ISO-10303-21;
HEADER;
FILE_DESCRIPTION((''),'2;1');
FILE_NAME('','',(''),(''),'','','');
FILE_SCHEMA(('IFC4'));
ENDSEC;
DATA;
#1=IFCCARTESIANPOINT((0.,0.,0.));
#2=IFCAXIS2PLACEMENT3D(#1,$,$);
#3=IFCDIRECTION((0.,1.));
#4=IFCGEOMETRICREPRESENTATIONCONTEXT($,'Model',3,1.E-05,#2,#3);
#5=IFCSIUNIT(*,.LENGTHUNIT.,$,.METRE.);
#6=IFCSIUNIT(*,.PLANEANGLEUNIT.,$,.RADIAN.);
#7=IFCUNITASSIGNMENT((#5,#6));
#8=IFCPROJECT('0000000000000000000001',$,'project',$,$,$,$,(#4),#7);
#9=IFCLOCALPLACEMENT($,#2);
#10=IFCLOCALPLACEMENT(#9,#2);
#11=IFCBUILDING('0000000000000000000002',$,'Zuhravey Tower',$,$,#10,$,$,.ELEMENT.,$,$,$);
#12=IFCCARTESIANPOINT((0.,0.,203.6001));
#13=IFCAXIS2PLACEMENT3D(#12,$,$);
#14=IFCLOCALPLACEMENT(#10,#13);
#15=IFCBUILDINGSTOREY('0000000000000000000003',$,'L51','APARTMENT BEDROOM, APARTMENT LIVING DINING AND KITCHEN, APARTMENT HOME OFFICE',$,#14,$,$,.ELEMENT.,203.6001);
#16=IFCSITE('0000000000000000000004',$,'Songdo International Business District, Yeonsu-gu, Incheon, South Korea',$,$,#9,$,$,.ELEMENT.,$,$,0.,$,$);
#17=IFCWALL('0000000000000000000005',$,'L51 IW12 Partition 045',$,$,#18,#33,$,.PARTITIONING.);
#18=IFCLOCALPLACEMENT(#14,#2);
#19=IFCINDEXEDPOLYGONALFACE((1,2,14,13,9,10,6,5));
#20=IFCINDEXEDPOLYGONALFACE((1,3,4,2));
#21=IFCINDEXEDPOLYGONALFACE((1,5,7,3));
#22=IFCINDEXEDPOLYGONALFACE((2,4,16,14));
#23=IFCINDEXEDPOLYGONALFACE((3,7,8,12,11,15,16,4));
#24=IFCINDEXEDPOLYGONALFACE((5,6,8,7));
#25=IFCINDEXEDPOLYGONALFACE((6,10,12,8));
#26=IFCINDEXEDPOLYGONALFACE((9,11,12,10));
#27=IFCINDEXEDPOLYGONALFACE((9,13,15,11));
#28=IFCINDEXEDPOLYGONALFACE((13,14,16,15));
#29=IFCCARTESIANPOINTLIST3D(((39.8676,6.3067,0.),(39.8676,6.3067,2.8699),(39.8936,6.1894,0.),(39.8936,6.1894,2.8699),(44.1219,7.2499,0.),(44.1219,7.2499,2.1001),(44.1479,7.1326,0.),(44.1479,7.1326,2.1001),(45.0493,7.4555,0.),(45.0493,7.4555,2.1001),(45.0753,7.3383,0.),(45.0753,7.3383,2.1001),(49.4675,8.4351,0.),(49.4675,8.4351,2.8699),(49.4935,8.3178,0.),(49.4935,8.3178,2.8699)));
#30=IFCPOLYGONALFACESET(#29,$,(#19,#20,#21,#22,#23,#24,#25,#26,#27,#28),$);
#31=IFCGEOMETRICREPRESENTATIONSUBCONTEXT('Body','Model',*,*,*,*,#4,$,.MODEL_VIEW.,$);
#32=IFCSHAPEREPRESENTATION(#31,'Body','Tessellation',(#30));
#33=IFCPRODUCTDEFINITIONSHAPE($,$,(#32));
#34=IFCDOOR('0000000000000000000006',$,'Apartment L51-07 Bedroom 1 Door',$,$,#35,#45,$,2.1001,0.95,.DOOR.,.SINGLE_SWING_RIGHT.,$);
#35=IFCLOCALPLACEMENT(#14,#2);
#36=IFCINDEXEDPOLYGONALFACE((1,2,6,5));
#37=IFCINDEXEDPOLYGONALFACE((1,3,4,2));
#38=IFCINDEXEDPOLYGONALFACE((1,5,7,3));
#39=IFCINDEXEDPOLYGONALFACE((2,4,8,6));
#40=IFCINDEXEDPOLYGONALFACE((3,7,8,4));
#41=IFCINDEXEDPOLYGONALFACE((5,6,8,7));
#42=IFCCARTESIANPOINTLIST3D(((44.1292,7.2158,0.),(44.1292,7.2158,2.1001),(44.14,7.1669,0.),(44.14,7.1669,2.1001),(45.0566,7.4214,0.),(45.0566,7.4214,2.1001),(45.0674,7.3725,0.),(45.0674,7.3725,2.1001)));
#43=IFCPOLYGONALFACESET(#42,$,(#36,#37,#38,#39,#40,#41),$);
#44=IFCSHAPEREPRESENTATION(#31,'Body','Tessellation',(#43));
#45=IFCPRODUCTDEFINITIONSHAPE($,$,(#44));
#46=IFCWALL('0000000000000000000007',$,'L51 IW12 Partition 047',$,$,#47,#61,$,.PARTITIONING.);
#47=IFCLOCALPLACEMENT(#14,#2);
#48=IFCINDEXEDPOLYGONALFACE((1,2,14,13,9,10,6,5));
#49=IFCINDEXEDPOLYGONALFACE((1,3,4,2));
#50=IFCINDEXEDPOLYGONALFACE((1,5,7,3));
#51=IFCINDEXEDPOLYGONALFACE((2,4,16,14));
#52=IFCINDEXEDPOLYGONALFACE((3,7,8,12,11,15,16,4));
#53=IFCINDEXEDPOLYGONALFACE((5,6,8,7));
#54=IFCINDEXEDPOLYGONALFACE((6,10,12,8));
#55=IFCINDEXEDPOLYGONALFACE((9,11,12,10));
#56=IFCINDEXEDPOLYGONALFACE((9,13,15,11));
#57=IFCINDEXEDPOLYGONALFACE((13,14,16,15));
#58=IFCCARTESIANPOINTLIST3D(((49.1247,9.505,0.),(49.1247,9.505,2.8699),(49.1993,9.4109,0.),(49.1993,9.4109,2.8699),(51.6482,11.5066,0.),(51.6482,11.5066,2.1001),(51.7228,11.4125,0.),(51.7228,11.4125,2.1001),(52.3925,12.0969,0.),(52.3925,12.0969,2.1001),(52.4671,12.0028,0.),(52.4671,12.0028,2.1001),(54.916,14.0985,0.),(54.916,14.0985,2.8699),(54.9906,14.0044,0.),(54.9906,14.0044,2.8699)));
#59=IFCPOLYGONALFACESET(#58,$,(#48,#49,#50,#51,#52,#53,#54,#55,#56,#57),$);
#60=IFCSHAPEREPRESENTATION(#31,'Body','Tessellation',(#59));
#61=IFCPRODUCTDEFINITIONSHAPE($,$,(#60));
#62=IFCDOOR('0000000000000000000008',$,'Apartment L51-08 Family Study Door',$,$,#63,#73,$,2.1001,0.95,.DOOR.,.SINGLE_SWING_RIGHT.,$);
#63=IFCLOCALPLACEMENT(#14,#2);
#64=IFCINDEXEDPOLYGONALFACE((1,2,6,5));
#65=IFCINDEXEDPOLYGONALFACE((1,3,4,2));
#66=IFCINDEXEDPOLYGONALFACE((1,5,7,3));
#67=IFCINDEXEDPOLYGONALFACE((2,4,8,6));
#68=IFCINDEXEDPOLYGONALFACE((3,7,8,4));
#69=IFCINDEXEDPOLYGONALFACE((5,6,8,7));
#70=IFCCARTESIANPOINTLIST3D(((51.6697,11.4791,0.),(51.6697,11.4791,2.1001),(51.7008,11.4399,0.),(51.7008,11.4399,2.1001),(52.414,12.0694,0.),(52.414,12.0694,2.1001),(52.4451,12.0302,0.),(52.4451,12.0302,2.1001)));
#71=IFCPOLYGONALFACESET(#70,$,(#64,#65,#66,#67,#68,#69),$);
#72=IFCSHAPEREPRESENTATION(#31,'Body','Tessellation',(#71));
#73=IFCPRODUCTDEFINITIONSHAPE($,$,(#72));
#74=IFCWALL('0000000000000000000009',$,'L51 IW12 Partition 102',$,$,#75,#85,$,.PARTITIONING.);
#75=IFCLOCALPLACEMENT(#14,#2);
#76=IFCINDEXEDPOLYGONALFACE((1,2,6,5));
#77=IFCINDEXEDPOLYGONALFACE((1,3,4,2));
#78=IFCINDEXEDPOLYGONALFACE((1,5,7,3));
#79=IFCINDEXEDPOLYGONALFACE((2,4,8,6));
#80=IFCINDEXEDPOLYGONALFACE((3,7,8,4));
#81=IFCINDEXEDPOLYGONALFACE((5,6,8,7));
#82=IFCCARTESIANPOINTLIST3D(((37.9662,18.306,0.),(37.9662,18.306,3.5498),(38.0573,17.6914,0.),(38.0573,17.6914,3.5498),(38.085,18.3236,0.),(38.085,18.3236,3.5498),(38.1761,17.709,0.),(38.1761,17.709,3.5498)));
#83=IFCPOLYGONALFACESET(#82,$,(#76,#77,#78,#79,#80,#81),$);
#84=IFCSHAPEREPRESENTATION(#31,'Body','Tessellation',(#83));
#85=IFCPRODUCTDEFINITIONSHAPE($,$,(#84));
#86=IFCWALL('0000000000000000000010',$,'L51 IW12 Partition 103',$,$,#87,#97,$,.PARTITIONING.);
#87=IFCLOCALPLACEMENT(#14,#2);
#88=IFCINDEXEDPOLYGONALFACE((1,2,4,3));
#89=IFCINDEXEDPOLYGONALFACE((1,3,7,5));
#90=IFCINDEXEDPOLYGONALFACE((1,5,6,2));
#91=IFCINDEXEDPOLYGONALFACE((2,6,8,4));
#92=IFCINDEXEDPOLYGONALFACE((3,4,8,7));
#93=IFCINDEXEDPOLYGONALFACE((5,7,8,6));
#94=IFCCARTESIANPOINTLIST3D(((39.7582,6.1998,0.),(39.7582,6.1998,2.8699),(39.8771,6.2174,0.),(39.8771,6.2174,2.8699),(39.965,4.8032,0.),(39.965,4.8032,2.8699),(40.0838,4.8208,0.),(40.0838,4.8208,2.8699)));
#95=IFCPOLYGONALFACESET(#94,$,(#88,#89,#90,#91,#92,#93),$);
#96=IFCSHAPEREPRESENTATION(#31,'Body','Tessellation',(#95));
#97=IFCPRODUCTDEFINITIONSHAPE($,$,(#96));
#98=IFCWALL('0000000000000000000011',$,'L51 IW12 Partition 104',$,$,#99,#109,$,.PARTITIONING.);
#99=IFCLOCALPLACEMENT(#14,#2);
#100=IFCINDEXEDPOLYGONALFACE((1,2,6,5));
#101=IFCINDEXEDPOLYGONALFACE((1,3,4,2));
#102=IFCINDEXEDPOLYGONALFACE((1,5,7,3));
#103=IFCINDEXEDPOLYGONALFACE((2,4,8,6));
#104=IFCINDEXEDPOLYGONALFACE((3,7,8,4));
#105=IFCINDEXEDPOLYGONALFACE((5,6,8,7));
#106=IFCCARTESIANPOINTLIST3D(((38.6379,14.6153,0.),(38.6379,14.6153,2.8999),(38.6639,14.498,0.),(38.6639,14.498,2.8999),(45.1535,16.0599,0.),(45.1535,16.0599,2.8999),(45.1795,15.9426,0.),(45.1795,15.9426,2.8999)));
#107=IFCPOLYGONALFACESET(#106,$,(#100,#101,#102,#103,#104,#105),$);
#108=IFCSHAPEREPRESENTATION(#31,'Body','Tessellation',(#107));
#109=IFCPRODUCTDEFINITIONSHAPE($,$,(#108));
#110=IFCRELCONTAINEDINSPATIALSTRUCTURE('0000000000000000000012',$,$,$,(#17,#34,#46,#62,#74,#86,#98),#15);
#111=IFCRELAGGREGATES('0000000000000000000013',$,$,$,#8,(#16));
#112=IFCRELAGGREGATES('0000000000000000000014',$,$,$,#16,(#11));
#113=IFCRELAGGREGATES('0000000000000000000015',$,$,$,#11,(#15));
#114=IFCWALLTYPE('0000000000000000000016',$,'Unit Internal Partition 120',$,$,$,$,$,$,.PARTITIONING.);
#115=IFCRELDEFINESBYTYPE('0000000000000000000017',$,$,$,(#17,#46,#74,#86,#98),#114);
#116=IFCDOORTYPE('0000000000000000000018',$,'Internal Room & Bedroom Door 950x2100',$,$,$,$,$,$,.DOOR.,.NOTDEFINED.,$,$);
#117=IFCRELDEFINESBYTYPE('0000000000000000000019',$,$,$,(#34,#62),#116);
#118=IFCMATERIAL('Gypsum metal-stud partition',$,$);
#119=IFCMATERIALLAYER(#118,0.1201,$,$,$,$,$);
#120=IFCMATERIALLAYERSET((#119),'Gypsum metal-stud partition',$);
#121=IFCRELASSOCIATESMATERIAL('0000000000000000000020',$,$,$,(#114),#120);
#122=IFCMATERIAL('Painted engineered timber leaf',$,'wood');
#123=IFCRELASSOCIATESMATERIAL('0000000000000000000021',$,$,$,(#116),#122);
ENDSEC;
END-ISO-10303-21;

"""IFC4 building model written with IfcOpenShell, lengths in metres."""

from ifc_helpers import new_model, si_unit, direction, frame, frame_2d, origin, place, context, subcontext, project, spatial, rectangle, extrude, material, layer, layer_set, type_object, element, fill, save


model = new_model("IFC4")

# Units and contexts
model_context = context("Model", 3, precision=1e-05, world=origin(), true_north=direction((0.0, 1.0)))
body_context = subcontext(model_context, "Body", "Model", "MODEL_VIEW")
ifc_project = project(units=[si_unit("LENGTHUNIT", "METRE"), si_unit("PLANEANGLEUNIT", "RADIAN")], contexts=[model_context])

# Site, building, storey
site_placement = place(None, origin())
site = spatial("IfcSite", under=ifc_project, at=site_placement, Name="Songdo International Business District, Yeonsu-gu, Incheon, South Korea", CompositionType="ELEMENT", RefElevation=0.0)
building_placement = place(site_placement, origin())
building = spatial("IfcBuilding", under=site, at=building_placement, Name="Zuhravey Tower", CompositionType="ELEMENT")
storey_placement = place(building_placement, frame((0.0, 0.0, 203.6001)))
storey = spatial("IfcBuildingStorey", under=building, at=storey_placement, Name="L51", Description="APARTMENT BEDROOM, APARTMENT LIVING DINING AND KITCHEN, APARTMENT HOME OFFICE", CompositionType="ELEMENT", Elevation=203.6001)

# Walls, openings, doors
ifc_material_1 = material(Name="Gypsum metal-stud partition")
ifc_layer_1 = layer(ifc_material_1, 0.1201)
ifc_layer_set_1 = layer_set([ifc_layer_1], Name="Gypsum metal-stud partition")
wall_type_1 = type_object("IfcWallType", Name="Unit Internal Partition 120", PredefinedType="PARTITIONING", material=ifc_layer_set_1)
ifc_material_2 = material(Name="Painted engineered timber leaf", Category="wood")
door_type_1 = type_object("IfcDoorType", Name="Internal Room & Bedroom Door 950x2100", OperationType="NOTDEFINED", PredefinedType="DOOR", material=ifc_material_2)
wall_1_placement = place(storey_placement, frame((39.8806, 6.248, 0.0), z_axis=(0.0, 0.0, 1.0), x_axis=(0.976292, 0.216457, 0.0)))
wall_1 = element("IfcWall", 1, at=wall_1_placement, inside=storey, type_object=wall_type_1, Name="L51 IW12 Partition 045", PredefinedType="PARTITIONING", context=body_context, shape_type="SweptSolid", body=[
    extrude(rectangle(XDim=9.833, YDim=0.1201, at=frame_2d((4.9165, 0.0))), origin(), (0.0, 0.0, 1.0), 2.8699),
])
opening_1_placement = place(wall_1_placement, frame((4.3574, 0.0, 0.0)))
opening_1 = element("IfcOpeningElement", 2, at=opening_1_placement, cuts=wall_1, PredefinedType="OPENING", context=body_context, shape_type="SweptSolid", body=[
    extrude(rectangle(XDim=0.95, YDim=2.1001, at=frame_2d((0.4751, 1.05))), frame((0.0, 0.072, 0.0), z_axis=(0.0, -1.0, 0.0), x_axis=(1.0, 0.0, 0.0)), (0.0, 0.0, 1.0), 0.144),
])
door_1_placement = place(opening_1_placement, frame((0.95, 0.0, 0.0), z_axis=(0.0, 0.0, 1.0), x_axis=(-1.0, 0.0, 0.0)))
door_1 = element("IfcDoor", 3, at=door_1_placement, inside=storey, type_object=door_type_1, Name="Apartment L51-07 Bedroom 1 Door", OperationType="SINGLE_SWING_RIGHT", OverallHeight=2.1001, OverallWidth=0.95, PredefinedType="DOOR", context=body_context, shape_type="SweptSolid", body=[
    extrude(rectangle(XDim=0.95, YDim=2.1001, at=frame_2d((0.4751, 1.05))), frame((0.0, 0.0249, 0.0), z_axis=(0.0, -1.0, 0.0), x_axis=(1.0, 0.0, 0.0)), (0.0, 0.0, 1.0), 0.05),
])
fill(opening_1, door_1)
wall_2_placement = place(storey_placement, frame((49.1621, 9.458, 0.0), z_axis=(0.0, 0.0, 1.0), x_axis=(0.783469, 0.621431, 0.0)))
wall_2 = element("IfcWall", 4, at=wall_2_placement, inside=storey, type_object=wall_type_1, Name="L51 IW12 Partition 047", PredefinedType="PARTITIONING", context=body_context, shape_type="SweptSolid", body=[
    extrude(rectangle(XDim=7.3918, YDim=0.1201, at=frame_2d((3.6958, 0.0))), origin(), (0.0, 0.0, 1.0), 2.8699),
])
opening_2_placement = place(wall_2_placement, frame((3.2207, 0.0, 0.0)))
opening_2 = element("IfcOpeningElement", 5, at=opening_2_placement, cuts=wall_2, PredefinedType="OPENING", context=body_context, shape_type="SweptSolid", body=[
    extrude(rectangle(XDim=0.95, YDim=2.1001, at=frame_2d((0.4751, 1.05))), frame((0.0, 0.072, 0.0), z_axis=(0.0, -1.0, 0.0), x_axis=(1.0, 0.0, 0.0)), (0.0, 0.0, 1.0), 0.144),
])
door_2_placement = place(opening_2_placement, frame((0.95, 0.0, 0.0), z_axis=(0.0, 0.0, 1.0), x_axis=(-1.0, 0.0, 0.0)))
door_2 = element("IfcDoor", 6, at=door_2_placement, inside=storey, type_object=door_type_1, Name="Apartment L51-08 Family Study Door", OperationType="SINGLE_SWING_RIGHT", OverallHeight=2.1001, OverallWidth=0.95, PredefinedType="DOOR", context=body_context, shape_type="SweptSolid", body=[
    extrude(rectangle(XDim=0.95, YDim=2.1001, at=frame_2d((0.4751, 1.05))), frame((0.0, 0.0249, 0.0), z_axis=(0.0, -1.0, 0.0), x_axis=(1.0, 0.0, 0.0)), (0.0, 0.0, 1.0), 0.05),
])
fill(opening_2, door_2)

# Walls
wall_3_placement = place(storey_placement, frame((38.0256, 18.3147, 0.0), z_axis=(0.0, 0.0, 1.0), x_axis=(0.146534, -0.989206, 0.0)))
element("IfcWall", 7, at=wall_3_placement, inside=storey, type_object=wall_type_1, Name="L51 IW12 Partition 102", PredefinedType="PARTITIONING", context=body_context, shape_type="SweptSolid", body=[
    extrude(rectangle(XDim=0.6213, YDim=0.1201, at=frame_2d((0.3105, 0.0))), origin(), (0.0, 0.0, 1.0), 3.5498),
])
wall_4_placement = place(storey_placement, frame((39.8176, 6.2087, 0.0), z_axis=(0.0, 0.0, 1.0), x_axis=(0.146455, -0.989217, 0.0)))
element("IfcWall", 8, at=wall_4_placement, inside=storey, type_object=wall_type_1, Name="L51 IW12 Partition 103", PredefinedType="PARTITIONING", context=body_context, shape_type="SweptSolid", body=[
    extrude(rectangle(XDim=1.4119, YDim=0.1201, at=frame_2d((0.7061, 0.0))), origin(), (0.0, 0.0, 1.0), 2.8699),
])
wall_5_placement = place(storey_placement, frame((38.6509, 14.5566, 0.0), z_axis=(0.0, 0.0, 1.0), x_axis=(0.976293, 0.216454, 0.0)))
element("IfcWall", 9, at=wall_5_placement, inside=storey, type_object=wall_type_1, Name="L51 IW12 Partition 104", PredefinedType="PARTITIONING", context=body_context, shape_type="SweptSolid", body=[
    extrude(rectangle(XDim=6.6738, YDim=0.1201, at=frame_2d((3.3369, 0.0))), origin(), (0.0, 0.0, 1.0), 2.8999),
])

save(model, "model.ifc")
